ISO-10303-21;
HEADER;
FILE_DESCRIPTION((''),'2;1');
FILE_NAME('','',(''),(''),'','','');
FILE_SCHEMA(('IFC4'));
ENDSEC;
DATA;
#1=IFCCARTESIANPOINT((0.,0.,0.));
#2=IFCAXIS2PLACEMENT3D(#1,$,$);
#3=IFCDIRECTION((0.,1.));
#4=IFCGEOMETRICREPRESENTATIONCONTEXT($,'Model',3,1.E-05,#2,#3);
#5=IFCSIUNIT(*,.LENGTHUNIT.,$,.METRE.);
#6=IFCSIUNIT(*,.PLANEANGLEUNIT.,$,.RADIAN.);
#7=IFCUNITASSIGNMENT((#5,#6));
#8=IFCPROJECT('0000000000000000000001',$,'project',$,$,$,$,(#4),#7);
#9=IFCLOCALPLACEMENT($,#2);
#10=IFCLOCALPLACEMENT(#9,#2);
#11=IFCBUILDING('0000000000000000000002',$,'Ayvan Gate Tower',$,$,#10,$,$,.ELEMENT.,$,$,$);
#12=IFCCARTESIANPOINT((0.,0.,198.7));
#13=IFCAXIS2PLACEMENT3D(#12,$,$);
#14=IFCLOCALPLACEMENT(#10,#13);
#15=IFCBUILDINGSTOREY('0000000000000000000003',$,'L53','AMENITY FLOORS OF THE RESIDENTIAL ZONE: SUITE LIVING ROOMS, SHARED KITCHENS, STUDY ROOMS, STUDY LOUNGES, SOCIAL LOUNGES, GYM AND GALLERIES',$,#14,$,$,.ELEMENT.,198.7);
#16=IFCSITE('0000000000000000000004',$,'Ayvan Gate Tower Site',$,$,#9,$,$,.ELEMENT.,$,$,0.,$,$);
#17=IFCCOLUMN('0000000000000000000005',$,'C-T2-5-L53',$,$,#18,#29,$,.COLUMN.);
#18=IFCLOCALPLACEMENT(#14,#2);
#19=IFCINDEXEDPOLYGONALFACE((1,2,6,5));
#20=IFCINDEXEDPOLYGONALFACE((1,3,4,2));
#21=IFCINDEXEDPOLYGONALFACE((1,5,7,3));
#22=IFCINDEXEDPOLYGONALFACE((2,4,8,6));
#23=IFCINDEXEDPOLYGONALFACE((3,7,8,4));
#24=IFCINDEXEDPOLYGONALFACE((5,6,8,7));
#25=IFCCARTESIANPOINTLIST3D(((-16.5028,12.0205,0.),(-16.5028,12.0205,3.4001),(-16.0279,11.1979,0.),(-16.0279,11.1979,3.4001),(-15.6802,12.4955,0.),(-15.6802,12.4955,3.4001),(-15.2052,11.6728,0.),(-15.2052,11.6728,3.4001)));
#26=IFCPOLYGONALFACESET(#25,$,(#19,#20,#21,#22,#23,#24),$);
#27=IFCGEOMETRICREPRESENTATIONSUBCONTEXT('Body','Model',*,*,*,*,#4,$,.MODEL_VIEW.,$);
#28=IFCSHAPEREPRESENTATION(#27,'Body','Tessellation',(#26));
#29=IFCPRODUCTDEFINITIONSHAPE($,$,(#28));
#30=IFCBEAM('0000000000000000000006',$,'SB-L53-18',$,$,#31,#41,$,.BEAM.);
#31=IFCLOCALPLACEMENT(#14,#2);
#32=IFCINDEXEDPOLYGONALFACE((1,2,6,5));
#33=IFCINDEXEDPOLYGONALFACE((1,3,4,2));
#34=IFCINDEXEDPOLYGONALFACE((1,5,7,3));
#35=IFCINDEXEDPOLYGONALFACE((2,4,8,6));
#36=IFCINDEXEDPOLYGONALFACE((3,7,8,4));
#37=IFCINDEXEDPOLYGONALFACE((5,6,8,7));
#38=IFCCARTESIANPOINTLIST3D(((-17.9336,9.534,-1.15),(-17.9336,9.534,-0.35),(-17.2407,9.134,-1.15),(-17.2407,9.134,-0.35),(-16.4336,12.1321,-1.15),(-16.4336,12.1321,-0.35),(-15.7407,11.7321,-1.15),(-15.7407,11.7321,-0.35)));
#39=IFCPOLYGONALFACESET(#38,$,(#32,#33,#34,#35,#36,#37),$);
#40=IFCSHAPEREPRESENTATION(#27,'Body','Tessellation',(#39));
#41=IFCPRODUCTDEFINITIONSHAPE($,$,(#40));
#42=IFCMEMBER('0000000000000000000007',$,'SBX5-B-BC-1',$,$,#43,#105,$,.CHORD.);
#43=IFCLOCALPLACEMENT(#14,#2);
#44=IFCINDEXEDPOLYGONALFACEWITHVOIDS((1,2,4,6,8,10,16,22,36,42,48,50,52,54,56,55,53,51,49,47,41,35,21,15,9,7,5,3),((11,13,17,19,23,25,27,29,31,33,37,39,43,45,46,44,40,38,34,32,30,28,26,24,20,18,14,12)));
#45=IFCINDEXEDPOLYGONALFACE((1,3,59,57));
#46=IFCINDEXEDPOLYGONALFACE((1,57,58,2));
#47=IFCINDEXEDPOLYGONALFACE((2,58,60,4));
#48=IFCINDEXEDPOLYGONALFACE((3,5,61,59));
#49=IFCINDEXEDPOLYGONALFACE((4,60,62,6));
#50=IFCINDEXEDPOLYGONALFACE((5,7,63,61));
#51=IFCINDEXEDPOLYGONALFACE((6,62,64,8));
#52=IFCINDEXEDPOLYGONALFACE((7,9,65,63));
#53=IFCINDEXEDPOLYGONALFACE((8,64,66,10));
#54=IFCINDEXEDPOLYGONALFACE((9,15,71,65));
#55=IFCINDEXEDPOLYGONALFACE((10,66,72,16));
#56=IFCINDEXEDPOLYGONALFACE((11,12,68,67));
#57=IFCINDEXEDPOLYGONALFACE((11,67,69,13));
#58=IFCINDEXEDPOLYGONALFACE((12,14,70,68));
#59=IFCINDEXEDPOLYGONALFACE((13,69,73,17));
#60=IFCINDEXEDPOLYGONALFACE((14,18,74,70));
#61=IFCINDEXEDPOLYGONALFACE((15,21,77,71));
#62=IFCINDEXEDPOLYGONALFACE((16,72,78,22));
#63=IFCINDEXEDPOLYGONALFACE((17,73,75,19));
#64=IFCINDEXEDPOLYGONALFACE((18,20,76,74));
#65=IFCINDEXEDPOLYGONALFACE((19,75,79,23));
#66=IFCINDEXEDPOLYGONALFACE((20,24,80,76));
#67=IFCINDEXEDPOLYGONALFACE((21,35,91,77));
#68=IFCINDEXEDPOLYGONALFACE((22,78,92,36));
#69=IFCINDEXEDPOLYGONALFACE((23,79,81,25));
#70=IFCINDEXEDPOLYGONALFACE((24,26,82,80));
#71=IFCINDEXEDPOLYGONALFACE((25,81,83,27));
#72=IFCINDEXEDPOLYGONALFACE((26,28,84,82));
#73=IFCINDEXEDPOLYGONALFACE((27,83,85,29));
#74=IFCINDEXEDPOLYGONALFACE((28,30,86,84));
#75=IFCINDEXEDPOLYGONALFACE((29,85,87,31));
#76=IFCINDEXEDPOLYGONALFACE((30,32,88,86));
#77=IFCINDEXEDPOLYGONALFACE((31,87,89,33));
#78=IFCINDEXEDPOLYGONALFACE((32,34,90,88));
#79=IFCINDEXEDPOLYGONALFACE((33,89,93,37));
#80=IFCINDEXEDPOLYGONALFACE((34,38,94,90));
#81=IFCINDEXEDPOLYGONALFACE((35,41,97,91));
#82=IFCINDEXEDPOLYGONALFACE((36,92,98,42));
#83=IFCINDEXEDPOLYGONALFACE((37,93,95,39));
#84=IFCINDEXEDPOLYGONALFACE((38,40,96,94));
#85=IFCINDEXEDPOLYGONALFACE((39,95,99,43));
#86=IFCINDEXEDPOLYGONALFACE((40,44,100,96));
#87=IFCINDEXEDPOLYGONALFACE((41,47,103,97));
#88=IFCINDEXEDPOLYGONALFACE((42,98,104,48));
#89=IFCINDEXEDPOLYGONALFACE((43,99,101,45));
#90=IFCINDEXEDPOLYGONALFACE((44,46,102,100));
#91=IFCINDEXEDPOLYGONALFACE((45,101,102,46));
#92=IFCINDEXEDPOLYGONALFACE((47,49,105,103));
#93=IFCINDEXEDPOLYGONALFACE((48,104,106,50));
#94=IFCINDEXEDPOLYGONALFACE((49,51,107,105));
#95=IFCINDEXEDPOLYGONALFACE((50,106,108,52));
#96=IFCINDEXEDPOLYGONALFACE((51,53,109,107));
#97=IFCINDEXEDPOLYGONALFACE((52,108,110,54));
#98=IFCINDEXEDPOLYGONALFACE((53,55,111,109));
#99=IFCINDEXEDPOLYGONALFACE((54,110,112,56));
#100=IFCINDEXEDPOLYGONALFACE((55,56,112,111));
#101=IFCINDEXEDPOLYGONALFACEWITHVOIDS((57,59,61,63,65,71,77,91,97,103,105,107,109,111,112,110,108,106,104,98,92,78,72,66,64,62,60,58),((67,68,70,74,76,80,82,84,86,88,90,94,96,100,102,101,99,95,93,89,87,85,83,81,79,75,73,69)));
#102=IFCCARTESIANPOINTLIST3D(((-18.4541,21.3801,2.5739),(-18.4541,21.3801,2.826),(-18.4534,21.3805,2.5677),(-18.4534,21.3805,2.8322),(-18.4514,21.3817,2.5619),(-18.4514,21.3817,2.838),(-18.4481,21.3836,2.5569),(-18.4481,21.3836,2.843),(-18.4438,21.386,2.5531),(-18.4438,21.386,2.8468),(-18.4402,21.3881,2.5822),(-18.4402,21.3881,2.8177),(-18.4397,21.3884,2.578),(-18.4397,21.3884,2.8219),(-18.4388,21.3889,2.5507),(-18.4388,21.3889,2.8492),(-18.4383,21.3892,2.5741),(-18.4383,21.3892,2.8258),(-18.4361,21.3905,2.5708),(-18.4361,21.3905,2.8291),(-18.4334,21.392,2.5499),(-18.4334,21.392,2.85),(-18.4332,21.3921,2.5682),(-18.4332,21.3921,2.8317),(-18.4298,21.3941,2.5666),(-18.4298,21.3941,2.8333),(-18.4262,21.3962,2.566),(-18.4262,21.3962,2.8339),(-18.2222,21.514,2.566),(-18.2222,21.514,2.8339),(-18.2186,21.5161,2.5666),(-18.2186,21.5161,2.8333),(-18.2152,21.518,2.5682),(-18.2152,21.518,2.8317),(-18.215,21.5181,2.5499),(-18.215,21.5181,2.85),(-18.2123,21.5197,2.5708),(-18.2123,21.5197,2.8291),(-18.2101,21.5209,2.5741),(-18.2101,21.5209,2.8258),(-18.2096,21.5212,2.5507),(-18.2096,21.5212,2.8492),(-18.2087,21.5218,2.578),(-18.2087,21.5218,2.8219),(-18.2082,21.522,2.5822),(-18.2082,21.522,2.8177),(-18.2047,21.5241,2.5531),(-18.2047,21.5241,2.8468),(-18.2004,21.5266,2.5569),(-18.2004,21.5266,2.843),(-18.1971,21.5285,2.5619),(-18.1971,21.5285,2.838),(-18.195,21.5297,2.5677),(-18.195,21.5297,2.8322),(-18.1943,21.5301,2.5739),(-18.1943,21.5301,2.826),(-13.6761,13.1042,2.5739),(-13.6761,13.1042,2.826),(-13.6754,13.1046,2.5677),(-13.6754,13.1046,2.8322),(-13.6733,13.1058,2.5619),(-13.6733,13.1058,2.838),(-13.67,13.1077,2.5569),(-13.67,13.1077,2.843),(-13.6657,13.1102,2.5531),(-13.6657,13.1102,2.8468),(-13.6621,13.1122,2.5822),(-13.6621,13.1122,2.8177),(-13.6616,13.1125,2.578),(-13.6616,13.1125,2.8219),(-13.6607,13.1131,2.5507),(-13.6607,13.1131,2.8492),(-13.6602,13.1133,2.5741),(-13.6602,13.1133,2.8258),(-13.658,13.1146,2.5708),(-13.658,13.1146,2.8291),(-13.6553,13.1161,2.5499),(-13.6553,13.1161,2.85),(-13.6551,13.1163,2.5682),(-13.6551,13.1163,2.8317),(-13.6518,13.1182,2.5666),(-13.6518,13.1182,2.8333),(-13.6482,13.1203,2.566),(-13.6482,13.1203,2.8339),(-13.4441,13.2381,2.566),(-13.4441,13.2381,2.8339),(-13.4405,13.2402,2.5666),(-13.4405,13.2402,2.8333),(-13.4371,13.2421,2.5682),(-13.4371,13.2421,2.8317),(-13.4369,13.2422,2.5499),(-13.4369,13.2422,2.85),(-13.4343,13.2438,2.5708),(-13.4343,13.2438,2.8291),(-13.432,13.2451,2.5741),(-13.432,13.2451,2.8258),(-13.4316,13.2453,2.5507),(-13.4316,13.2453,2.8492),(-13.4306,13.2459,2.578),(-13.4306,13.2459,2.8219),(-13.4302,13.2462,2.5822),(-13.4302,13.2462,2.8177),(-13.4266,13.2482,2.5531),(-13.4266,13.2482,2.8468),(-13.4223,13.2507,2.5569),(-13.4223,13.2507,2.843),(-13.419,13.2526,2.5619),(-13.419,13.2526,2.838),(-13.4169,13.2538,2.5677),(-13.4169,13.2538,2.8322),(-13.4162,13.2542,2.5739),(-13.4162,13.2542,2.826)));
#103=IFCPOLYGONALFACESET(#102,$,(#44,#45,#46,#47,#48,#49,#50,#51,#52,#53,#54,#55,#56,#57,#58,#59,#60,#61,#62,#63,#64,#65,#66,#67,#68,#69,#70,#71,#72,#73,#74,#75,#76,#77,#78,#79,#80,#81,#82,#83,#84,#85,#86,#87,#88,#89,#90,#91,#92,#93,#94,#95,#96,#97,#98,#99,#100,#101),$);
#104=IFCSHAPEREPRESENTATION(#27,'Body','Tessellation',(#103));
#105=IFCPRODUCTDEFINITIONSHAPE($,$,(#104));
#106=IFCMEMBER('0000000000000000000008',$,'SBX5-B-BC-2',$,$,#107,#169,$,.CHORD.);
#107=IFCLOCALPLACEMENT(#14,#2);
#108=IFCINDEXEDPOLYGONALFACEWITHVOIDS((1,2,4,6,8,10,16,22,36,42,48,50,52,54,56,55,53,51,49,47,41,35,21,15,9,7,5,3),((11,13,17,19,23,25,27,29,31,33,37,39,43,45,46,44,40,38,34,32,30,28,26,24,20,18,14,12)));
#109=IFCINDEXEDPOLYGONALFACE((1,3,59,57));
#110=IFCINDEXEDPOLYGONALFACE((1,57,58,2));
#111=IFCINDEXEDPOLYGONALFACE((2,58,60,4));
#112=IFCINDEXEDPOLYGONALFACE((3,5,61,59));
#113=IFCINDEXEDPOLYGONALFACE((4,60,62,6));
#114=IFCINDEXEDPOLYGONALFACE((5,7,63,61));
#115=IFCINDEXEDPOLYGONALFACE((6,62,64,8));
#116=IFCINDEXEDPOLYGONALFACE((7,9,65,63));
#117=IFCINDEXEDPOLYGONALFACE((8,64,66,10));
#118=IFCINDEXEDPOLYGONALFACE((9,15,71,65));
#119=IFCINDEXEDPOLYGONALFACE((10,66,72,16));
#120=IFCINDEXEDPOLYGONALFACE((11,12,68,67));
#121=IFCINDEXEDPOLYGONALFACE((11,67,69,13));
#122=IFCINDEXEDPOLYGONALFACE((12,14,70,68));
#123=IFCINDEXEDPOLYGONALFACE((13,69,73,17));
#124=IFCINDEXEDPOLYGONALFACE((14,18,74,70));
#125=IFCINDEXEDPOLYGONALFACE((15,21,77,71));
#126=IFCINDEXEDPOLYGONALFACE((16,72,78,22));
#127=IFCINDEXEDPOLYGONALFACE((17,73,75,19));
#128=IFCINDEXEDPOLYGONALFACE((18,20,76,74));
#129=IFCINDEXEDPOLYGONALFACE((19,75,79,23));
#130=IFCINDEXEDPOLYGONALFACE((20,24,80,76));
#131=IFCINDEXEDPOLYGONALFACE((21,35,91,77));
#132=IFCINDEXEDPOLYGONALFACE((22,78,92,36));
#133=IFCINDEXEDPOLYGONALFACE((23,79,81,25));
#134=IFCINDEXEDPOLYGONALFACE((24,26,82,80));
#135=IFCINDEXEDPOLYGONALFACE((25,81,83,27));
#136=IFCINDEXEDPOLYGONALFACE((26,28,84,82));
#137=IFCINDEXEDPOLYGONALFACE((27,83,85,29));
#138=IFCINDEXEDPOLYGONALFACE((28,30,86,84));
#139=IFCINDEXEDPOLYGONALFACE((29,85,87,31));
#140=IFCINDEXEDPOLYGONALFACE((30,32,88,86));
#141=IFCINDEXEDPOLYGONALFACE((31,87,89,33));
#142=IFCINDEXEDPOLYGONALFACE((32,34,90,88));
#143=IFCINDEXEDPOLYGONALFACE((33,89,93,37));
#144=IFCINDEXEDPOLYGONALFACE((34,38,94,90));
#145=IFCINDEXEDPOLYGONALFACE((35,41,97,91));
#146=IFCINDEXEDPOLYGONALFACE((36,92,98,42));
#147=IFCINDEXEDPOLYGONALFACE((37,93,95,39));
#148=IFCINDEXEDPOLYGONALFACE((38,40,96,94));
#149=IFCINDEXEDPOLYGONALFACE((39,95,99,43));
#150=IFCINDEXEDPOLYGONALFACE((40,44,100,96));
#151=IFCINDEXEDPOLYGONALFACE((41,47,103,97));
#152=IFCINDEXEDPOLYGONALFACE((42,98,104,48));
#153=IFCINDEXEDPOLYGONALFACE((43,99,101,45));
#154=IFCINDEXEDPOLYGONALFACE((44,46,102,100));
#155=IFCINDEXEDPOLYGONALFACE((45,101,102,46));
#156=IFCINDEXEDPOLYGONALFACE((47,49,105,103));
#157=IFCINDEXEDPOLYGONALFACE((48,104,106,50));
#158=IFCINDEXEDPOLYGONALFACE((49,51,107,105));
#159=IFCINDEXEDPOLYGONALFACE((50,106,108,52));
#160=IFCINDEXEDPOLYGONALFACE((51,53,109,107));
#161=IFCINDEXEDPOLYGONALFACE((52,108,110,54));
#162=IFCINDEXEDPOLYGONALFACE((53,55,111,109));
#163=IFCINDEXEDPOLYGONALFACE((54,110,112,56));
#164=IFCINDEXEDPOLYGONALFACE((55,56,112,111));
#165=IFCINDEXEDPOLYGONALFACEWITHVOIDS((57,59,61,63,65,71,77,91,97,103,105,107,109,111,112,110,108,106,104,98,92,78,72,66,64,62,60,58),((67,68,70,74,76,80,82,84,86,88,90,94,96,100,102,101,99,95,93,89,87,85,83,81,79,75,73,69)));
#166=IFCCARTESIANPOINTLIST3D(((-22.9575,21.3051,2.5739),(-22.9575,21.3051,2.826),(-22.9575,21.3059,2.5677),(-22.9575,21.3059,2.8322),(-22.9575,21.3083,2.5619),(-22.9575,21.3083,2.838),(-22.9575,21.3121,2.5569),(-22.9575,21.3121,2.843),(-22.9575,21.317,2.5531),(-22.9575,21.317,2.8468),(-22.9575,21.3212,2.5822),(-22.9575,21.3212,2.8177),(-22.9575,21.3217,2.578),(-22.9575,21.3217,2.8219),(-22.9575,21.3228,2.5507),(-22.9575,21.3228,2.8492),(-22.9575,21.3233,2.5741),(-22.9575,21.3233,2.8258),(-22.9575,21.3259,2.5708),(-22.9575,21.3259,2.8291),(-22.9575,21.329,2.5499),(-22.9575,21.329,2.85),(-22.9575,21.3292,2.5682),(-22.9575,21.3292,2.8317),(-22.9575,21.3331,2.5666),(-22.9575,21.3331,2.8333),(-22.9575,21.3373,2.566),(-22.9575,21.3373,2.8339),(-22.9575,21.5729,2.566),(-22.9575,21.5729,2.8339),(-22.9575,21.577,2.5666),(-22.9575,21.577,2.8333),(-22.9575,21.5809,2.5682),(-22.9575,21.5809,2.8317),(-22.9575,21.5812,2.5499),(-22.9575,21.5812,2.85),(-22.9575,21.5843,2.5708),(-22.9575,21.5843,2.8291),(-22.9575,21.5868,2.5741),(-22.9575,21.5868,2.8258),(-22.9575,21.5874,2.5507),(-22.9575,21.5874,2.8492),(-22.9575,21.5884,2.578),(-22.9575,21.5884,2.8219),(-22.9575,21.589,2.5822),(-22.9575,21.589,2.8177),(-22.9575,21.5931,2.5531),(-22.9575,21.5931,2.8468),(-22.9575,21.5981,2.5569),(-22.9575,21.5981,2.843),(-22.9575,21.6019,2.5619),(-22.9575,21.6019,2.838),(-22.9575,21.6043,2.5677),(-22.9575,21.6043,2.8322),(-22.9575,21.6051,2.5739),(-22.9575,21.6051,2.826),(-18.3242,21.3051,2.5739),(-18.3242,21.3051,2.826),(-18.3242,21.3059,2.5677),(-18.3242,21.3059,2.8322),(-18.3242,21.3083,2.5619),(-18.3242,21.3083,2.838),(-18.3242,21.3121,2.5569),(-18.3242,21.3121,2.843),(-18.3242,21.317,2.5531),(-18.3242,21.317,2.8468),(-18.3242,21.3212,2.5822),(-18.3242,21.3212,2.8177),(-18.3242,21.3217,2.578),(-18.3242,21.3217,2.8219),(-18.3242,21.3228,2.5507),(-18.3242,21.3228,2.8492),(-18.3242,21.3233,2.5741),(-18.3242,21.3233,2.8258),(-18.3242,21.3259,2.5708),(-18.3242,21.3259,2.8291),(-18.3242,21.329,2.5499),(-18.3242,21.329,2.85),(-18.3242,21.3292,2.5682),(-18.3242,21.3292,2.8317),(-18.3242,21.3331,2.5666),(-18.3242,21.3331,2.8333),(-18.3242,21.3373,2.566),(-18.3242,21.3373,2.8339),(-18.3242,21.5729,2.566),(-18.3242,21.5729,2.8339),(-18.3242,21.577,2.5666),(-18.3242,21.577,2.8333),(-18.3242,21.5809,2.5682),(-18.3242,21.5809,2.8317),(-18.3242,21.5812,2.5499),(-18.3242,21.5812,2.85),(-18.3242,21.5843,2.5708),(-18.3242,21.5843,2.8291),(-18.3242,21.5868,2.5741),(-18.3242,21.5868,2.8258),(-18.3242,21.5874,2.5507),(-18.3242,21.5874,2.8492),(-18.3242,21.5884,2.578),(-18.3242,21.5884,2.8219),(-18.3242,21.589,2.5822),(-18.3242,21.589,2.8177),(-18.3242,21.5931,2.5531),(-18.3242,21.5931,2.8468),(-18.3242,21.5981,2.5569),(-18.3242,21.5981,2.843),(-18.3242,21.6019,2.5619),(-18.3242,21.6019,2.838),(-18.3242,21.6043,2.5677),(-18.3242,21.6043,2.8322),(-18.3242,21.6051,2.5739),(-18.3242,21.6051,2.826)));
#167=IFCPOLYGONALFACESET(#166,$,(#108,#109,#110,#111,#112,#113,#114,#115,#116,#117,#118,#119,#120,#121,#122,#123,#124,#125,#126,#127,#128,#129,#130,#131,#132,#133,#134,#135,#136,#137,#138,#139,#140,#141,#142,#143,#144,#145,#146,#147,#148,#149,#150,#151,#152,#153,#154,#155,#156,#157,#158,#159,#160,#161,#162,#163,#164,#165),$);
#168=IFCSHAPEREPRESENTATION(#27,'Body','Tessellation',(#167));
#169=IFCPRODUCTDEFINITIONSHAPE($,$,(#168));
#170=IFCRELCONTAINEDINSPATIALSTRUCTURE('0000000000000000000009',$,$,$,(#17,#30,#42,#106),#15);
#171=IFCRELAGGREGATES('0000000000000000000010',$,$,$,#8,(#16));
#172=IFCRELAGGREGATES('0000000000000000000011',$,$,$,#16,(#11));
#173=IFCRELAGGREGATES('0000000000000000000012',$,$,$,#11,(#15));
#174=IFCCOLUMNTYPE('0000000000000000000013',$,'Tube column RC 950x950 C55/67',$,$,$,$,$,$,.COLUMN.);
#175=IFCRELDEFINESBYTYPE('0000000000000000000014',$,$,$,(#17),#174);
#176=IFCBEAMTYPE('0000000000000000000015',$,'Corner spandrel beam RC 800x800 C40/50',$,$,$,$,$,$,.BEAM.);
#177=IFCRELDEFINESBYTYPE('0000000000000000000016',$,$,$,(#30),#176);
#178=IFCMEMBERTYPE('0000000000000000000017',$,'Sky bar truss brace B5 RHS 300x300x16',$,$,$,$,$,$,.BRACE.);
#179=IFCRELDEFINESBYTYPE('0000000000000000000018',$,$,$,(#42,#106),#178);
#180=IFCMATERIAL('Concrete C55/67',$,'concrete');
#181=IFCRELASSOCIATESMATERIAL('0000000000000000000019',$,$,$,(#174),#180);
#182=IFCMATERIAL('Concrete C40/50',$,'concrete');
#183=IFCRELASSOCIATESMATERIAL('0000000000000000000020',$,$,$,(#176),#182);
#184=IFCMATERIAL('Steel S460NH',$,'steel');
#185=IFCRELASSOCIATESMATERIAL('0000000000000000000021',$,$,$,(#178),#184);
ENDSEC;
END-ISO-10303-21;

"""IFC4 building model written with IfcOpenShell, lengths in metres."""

from ifc_helpers import new_model, si_unit, direction, frame, origin, origin_2d, place, context, subcontext, project, spatial, rectangle, hollow_rectangle, extrude, material, material_profile, profile_set, type_object, element, save


model = new_model("IFC4")

# Units and contexts
model_context = context("Model", 3, precision=1e-05, world=origin(), true_north=direction((0.0, 1.0)))
body_context = subcontext(model_context, "Body", "Model", "MODEL_VIEW")
ifc_project = project(units=[si_unit("LENGTHUNIT", "METRE"), si_unit("PLANEANGLEUNIT", "RADIAN")], contexts=[model_context])

# Site, building, storey
site_placement = place(None, origin())
site = spatial("IfcSite", under=ifc_project, at=site_placement, Name="Ayvan Gate Tower Site", CompositionType="ELEMENT", RefElevation=0.0)
building_placement = place(site_placement, origin())
building = spatial("IfcBuilding", under=site, at=building_placement, Name="Ayvan Gate Tower", CompositionType="ELEMENT")
storey_placement = place(building_placement, frame((0.0, 0.0, 198.7)))
storey = spatial("IfcBuildingStorey", under=building, at=storey_placement, Name="L53", Description="AMENITY FLOORS OF THE RESIDENTIAL ZONE: SUITE LIVING ROOMS, SHARED KITCHENS, STUDY ROOMS, STUDY LOUNGES, SOCIAL LOUNGES, GYM AND GALLERIES", CompositionType="ELEMENT", Elevation=198.7)

# Column
ifc_material_1 = material(Name="Concrete C55/67", Category="concrete")
ifc_material_profile_1 = material_profile(ifc_material_1, rectangle(XDim=0.95, YDim=0.95, at=origin_2d()), Name="RC 950x950")
ifc_profile_set_1 = profile_set([ifc_material_profile_1], Name="Concrete C55/67")
column_type = type_object("IfcColumnType", Name="Tube column RC 950x950 C55/67", PredefinedType="COLUMN", material=ifc_profile_set_1)
column_placement = place(storey_placement, frame((-15.854, 11.8467, 0.0), z_axis=(0.0, 0.0, 1.0), x_axis=(-0.5, 0.866025, 0.0)))
element("IfcColumn", 1, at=column_placement, inside=storey, type_object=column_type, Name="C-T2-5-L53", PredefinedType="COLUMN", context=body_context, shape_type="SweptSolid", body=[
    extrude(rectangle(XDim=0.95, YDim=0.95, at=origin_2d()), origin(), (0.0, 0.0, 1.0), 3.4001),
])

# Beam
ifc_material_2 = material(Name="Concrete C40/50", Category="concrete")
ifc_material_profile_2 = material_profile(ifc_material_2, rectangle(XDim=0.8, YDim=0.8, at=origin_2d()), Name="RC 800x800")
ifc_profile_set_2 = profile_set([ifc_material_profile_2], Name="Concrete C40/50")
beam_type = type_object("IfcBeamType", Name="Corner spandrel beam RC 800x800 C40/50", PredefinedType="BEAM", material=ifc_profile_set_2)
beam_placement = place(storey_placement, frame((-16.0872, 11.9321, -0.75), z_axis=(-0.49999, -0.866031, 0.0), x_axis=(0.866031, -0.49999, 0.0)))
element("IfcBeam", 2, at=beam_placement, inside=storey, type_object=beam_type, Name="SB-L53-18", PredefinedType="BEAM", context=body_context, shape_type="SweptSolid", body=[
    extrude(rectangle(XDim=0.8, YDim=0.8, at=origin_2d()), origin(), (0.0, 0.0, 1.0), 3.0),
])

# Members
ifc_material_3 = material(Name="Steel S460NH", Category="steel")
ifc_material_profile_3 = material_profile(ifc_material_3, hollow_rectangle(XDim=0.3, YDim=0.3, WallThickness=0.0161, InnerFilletRadius=0.0161, OuterFilletRadius=0.0239, at=origin_2d()), Name="RHS 300x300x16")
ifc_profile_set_3 = profile_set([ifc_material_profile_3], Name="Steel S460NH")
member_type_1 = type_object("IfcMemberType", Name="Sky bar truss brace B5 RHS 300x300x16", PredefinedType="BRACE", material=ifc_profile_set_3)
member_1_placement = place(storey_placement, frame((-13.5461, 13.1792, 2.7), z_axis=(-0.5, 0.866026, 0.0), x_axis=(-0.866026, -0.5, 0.0)))
element("IfcMember", 3, at=member_1_placement, inside=storey, type_object=member_type_1, Name="SBX5-B-BC-1", PredefinedType="CHORD", context=body_context, shape_type="SweptSolid", body=[
    extrude(hollow_rectangle(XDim=0.3, YDim=0.3, WallThickness=0.0161, InnerFilletRadius=0.0161, OuterFilletRadius=0.0239, at=origin_2d()), origin(), (0.0, 0.0, 1.0), 9.5562),
])
for number, where, z_axis, x_axis, name in (
    (4, (-18.3242, 21.4551, 2.7), (-1.0, 0.0, 0.0), (0.0, -1.0, 0.0), "SBX5-B-BC-2"),
):
    element("IfcMember", number, at=place(storey_placement, frame(where, z_axis=z_axis, x_axis=x_axis)), inside=storey, type_object=member_type_1, Name=name, PredefinedType="CHORD", context=body_context, shape_type="SweptSolid", body=[
        extrude(hollow_rectangle(XDim=0.3, YDim=0.3, WallThickness=0.0161, InnerFilletRadius=0.0161, OuterFilletRadius=0.0239, at=origin_2d()), origin(), (0.0, 0.0, 1.0), 4.6333),
    ])

save(model, "model.ifc")
